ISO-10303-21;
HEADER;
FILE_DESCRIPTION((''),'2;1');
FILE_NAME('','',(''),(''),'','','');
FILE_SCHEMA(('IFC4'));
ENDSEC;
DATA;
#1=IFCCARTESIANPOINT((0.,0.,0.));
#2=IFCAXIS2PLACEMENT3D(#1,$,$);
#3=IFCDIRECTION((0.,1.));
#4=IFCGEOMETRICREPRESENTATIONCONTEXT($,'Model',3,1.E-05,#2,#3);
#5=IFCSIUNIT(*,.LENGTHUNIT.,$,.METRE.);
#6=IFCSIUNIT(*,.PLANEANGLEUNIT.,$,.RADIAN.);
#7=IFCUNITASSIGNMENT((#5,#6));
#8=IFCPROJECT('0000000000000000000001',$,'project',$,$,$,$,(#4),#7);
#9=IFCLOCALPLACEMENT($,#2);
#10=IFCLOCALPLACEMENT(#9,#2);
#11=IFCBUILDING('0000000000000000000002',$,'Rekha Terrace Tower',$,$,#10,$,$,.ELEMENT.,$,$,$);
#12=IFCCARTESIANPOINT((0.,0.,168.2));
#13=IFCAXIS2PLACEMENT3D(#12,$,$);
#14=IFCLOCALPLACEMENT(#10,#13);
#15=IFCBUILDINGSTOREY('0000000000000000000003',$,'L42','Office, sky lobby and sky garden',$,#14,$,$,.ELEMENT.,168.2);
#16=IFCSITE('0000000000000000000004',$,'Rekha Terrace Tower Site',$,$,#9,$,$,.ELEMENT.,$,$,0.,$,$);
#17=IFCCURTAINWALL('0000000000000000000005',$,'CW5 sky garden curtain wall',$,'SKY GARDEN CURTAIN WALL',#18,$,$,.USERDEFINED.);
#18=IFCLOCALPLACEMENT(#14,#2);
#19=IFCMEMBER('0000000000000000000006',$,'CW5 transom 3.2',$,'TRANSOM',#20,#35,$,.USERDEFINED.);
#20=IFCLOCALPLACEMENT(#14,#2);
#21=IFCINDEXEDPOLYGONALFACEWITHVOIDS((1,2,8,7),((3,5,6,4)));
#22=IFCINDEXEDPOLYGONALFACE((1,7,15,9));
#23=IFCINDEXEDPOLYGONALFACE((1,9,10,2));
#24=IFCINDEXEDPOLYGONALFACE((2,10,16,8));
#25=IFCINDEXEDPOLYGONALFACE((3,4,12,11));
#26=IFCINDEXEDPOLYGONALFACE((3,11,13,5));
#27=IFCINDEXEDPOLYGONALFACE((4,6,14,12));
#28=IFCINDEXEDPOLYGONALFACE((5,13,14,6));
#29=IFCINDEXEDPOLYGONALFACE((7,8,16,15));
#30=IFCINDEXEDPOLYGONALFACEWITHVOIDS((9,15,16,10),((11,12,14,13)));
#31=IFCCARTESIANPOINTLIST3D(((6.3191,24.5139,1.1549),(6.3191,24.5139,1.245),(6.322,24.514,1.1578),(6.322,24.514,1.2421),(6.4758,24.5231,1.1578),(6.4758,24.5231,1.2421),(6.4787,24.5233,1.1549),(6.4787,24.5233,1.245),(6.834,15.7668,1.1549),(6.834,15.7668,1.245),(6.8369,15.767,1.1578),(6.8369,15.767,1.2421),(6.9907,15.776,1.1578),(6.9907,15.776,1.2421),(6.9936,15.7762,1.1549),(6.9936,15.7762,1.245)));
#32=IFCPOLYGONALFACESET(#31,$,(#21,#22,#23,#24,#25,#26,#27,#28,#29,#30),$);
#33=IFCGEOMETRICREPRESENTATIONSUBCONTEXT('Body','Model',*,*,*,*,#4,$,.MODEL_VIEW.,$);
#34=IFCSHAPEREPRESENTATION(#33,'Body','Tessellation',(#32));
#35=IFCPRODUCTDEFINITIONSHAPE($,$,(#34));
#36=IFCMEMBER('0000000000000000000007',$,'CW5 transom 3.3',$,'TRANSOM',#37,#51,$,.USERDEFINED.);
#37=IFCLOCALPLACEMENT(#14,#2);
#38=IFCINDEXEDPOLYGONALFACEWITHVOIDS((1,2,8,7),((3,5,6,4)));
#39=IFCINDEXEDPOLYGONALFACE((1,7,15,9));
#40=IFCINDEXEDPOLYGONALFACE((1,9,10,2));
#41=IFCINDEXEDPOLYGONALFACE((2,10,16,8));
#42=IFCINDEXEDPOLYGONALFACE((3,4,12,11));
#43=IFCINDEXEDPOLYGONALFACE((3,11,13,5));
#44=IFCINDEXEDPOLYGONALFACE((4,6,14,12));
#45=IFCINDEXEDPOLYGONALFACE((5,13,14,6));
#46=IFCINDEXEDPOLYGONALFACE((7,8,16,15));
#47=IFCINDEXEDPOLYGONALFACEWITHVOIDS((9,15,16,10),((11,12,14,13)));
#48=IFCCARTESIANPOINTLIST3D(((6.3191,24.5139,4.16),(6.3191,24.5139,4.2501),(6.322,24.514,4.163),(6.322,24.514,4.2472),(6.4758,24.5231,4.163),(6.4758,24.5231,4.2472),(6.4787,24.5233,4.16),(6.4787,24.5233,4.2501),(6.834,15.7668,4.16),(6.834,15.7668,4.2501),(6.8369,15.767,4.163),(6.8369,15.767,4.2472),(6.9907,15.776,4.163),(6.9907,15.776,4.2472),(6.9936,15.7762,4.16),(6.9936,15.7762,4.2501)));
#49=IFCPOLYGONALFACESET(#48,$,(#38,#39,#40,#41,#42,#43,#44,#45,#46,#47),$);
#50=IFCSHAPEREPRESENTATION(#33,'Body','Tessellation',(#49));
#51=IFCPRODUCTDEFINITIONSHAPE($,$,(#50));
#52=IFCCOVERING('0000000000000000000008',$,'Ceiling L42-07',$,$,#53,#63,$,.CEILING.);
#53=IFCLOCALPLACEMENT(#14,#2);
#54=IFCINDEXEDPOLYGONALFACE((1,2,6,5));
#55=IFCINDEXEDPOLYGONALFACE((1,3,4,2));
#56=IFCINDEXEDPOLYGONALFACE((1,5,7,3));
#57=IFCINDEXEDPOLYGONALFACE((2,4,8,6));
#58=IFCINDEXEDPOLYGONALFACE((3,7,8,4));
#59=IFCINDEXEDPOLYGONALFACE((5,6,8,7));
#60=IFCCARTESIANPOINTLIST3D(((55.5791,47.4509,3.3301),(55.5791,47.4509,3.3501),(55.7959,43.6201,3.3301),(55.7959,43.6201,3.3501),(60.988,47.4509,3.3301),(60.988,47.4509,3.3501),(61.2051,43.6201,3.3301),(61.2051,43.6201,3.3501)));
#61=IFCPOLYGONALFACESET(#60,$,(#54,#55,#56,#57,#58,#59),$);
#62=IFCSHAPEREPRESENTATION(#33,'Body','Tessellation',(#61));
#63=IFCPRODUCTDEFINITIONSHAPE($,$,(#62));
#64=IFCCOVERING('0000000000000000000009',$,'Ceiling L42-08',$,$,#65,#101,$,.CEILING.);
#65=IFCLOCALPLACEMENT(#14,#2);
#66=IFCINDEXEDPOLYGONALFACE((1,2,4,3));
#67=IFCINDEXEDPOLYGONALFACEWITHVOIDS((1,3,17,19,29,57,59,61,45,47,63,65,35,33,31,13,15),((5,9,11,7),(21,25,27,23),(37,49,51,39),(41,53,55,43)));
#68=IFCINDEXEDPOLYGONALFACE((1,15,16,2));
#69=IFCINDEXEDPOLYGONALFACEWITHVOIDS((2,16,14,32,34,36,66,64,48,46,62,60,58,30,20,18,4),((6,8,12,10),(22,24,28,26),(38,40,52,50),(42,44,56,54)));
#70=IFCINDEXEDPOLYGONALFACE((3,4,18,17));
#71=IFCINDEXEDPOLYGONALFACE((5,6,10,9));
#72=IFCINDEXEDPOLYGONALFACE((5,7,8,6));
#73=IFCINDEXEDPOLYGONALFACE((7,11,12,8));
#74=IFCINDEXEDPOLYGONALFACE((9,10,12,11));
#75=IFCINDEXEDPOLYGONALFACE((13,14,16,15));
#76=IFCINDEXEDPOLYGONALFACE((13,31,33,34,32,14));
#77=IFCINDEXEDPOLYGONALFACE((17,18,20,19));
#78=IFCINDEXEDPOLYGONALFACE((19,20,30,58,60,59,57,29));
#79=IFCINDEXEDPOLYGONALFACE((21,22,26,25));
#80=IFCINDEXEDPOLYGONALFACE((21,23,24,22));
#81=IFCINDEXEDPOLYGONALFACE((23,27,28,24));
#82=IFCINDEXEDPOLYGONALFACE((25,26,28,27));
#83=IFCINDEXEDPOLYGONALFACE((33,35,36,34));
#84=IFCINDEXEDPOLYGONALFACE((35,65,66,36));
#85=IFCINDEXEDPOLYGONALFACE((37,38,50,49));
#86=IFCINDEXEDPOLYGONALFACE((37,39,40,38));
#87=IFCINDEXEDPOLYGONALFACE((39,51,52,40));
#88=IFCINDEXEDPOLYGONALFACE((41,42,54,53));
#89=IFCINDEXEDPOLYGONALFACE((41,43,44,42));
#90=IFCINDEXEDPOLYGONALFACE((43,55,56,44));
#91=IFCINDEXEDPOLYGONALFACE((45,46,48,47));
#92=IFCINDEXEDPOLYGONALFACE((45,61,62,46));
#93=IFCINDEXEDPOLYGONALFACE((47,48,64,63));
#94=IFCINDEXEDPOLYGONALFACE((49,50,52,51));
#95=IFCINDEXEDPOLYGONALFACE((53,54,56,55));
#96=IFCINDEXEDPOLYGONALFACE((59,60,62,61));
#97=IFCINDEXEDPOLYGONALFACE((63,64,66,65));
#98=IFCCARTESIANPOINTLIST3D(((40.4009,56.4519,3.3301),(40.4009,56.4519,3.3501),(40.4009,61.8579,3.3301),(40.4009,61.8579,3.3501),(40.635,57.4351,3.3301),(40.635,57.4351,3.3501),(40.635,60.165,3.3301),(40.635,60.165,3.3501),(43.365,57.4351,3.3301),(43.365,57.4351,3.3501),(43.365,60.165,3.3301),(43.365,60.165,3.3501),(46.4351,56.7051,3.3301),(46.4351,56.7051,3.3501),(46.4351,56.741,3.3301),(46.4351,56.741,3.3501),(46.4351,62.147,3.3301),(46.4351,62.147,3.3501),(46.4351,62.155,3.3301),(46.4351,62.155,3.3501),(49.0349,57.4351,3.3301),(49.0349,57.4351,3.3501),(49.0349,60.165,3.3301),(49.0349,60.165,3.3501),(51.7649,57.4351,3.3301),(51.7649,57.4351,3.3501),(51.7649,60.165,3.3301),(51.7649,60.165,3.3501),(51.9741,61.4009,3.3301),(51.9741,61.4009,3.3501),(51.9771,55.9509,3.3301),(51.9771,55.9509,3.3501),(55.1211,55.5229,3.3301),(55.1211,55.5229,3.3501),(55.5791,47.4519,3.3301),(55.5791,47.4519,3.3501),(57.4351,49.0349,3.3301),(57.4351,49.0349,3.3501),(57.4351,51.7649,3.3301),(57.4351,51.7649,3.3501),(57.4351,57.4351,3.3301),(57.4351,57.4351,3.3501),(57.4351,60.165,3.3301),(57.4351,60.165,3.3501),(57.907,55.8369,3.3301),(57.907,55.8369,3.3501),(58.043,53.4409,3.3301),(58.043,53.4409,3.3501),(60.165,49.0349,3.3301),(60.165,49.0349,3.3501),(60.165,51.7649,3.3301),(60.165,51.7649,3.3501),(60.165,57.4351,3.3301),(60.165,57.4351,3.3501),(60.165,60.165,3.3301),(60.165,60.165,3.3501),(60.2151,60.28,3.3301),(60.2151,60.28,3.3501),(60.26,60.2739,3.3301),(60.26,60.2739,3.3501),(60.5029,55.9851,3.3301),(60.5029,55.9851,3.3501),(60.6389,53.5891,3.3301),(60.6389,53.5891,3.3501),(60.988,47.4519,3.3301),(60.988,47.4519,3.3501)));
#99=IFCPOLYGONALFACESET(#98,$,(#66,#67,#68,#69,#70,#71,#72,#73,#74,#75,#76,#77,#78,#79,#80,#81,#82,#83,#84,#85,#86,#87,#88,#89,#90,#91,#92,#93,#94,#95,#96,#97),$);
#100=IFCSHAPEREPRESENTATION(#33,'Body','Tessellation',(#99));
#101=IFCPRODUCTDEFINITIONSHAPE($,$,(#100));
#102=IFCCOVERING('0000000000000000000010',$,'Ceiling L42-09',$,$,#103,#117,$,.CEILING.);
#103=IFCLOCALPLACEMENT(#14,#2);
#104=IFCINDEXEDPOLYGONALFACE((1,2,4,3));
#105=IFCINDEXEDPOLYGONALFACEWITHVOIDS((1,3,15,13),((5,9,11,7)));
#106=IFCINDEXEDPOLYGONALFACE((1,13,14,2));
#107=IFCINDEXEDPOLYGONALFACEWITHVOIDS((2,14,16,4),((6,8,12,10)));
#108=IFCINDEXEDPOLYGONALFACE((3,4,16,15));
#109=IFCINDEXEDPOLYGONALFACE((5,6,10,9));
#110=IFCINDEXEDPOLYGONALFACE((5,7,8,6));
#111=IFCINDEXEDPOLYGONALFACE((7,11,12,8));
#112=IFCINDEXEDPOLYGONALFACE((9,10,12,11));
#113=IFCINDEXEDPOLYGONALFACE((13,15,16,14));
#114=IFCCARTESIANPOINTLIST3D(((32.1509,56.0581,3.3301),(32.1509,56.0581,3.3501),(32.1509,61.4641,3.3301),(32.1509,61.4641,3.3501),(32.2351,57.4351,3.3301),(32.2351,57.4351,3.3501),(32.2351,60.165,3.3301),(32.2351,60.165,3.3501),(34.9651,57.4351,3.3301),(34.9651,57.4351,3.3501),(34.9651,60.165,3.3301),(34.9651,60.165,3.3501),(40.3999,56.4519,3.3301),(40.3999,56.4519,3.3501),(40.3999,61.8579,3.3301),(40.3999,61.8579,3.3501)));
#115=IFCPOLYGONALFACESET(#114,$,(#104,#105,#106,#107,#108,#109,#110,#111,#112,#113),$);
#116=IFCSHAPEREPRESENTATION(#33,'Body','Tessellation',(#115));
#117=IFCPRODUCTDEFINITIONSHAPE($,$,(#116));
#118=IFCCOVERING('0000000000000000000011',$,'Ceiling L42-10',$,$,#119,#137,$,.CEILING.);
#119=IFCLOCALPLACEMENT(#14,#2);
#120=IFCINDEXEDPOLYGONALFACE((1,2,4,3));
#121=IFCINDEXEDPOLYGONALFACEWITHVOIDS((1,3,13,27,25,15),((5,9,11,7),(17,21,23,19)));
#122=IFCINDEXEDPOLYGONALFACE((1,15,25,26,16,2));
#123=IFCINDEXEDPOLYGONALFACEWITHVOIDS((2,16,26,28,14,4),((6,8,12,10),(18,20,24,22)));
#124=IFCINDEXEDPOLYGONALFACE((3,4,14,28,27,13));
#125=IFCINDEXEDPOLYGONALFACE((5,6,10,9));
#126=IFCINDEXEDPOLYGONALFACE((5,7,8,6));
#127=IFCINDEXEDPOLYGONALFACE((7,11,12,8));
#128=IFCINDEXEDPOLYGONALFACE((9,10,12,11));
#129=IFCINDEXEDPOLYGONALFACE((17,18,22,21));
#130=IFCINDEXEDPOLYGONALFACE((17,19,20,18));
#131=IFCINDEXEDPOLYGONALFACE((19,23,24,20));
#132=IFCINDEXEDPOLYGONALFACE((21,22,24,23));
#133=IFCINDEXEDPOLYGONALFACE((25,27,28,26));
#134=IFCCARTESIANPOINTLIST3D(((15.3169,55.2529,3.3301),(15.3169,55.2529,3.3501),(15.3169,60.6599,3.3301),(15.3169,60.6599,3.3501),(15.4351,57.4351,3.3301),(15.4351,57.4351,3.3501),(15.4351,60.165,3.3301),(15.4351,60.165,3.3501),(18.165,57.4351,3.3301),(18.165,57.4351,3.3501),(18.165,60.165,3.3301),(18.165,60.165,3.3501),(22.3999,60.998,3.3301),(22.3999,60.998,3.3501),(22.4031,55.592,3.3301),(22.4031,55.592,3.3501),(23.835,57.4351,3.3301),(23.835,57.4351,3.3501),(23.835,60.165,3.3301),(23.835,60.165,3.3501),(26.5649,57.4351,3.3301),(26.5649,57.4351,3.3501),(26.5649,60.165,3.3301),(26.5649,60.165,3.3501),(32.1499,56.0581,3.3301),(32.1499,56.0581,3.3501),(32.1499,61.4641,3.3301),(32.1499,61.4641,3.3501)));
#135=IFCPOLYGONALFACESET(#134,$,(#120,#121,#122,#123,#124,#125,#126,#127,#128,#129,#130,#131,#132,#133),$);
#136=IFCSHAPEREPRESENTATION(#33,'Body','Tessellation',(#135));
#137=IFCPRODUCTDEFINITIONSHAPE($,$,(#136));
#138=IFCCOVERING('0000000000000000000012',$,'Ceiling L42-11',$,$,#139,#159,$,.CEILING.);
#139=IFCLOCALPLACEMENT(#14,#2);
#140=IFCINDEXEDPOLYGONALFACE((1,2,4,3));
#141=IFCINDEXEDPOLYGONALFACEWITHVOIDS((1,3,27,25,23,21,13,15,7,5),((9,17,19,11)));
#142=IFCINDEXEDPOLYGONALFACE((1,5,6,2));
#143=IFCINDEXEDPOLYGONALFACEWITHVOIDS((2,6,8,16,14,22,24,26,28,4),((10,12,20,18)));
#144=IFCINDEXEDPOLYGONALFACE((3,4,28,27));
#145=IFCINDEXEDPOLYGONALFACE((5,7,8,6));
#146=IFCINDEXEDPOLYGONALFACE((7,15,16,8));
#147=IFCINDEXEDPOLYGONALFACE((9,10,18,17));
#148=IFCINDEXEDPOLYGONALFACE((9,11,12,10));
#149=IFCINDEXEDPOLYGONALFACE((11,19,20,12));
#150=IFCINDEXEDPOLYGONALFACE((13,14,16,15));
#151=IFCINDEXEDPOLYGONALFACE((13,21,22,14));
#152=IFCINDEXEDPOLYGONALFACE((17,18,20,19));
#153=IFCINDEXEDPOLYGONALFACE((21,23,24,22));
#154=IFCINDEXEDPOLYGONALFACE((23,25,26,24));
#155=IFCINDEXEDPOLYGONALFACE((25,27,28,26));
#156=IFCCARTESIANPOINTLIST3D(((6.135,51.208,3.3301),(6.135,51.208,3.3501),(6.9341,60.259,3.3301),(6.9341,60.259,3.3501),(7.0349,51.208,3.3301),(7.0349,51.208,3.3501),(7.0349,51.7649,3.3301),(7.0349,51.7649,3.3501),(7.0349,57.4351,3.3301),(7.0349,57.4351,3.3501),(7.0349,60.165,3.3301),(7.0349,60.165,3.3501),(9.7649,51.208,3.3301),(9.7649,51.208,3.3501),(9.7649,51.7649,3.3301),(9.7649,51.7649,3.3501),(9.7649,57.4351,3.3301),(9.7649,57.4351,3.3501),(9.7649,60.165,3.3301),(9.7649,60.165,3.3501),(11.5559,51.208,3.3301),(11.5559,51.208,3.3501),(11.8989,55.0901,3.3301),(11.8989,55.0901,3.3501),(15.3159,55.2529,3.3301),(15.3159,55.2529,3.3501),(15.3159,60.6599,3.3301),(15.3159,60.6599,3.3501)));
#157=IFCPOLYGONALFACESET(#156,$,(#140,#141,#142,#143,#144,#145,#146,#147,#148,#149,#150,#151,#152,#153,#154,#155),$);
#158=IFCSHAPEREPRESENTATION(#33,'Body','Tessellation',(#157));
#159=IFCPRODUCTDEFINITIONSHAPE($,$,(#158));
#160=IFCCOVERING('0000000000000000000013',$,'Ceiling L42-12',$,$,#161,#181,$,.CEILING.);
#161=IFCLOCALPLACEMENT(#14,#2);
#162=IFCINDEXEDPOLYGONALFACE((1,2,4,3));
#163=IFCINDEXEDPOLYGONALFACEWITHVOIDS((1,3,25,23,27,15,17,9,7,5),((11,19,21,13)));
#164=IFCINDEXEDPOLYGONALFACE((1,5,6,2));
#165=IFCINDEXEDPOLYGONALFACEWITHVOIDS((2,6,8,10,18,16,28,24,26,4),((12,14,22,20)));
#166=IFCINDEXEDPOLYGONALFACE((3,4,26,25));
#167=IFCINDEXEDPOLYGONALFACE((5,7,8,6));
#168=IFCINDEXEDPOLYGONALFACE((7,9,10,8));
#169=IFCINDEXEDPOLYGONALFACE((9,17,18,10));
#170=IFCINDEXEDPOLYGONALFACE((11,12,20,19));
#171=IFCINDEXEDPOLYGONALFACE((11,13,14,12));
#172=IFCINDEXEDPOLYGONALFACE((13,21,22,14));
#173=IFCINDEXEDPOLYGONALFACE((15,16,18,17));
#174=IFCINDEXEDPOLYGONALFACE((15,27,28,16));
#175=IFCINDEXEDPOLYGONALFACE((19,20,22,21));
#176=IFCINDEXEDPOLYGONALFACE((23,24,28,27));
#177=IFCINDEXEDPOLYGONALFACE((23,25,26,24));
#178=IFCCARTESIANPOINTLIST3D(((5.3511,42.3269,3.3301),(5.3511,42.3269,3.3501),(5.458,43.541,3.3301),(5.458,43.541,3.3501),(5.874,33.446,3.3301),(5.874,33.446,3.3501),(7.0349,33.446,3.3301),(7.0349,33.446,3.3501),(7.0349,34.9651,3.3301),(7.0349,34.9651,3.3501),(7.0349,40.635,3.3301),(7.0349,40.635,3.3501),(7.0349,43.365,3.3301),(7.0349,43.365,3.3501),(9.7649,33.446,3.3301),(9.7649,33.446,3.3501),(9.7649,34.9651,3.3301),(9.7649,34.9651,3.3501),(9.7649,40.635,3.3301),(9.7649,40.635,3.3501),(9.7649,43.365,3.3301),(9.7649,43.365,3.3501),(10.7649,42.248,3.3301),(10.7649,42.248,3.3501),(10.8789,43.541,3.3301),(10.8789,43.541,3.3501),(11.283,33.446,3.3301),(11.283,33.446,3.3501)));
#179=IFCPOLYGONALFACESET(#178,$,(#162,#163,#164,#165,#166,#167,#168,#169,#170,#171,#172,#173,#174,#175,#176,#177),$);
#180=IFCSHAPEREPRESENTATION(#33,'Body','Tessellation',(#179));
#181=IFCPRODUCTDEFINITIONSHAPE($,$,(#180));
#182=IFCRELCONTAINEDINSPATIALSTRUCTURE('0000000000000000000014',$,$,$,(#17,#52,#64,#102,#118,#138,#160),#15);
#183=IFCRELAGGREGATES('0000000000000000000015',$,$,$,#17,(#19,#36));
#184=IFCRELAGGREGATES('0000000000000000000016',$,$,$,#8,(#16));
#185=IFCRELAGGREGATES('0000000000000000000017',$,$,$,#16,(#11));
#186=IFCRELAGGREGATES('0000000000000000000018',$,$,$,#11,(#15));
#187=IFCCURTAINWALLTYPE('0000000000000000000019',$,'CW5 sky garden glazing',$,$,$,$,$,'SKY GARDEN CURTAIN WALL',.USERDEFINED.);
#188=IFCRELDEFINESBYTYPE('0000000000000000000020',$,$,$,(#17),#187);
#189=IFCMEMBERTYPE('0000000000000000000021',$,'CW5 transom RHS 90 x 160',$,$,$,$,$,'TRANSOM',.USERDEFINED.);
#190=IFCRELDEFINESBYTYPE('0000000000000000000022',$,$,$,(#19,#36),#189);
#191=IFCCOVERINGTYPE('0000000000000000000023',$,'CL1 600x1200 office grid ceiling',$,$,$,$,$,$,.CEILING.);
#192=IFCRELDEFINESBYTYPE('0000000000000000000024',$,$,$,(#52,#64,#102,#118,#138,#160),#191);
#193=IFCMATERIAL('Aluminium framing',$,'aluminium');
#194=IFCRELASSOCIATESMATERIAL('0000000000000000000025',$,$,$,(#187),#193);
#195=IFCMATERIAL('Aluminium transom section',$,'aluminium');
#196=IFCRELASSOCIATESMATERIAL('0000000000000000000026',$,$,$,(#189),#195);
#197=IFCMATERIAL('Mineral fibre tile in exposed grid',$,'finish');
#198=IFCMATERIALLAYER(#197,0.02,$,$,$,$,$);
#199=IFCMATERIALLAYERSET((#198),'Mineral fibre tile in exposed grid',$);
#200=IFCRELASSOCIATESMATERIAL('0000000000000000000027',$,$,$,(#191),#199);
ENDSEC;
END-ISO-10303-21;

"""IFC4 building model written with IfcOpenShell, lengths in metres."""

from ifc_helpers import new_model, si_unit, direction, frame, origin, origin_2d, place, context, subcontext, project, spatial, polyline, hollow_rectangle, outline, extrude, material, layer, layer_set, material_profile, profile_set, type_object, element, aggregate, save


model = new_model("IFC4")

# Units and contexts
model_context = context("Model", 3, precision=1e-05, world=origin(), true_north=direction((0.0, 1.0)))
body_context = subcontext(model_context, "Body", "Model", "MODEL_VIEW")
ifc_project = project(units=[si_unit("LENGTHUNIT", "METRE"), si_unit("PLANEANGLEUNIT", "RADIAN")], contexts=[model_context])

# Site, building, storey
site_placement = place(None, origin())
site = spatial("IfcSite", under=ifc_project, at=site_placement, Name="Rekha Terrace Tower Site", CompositionType="ELEMENT", RefElevation=0.0)
building_placement = place(site_placement, origin())
building = spatial("IfcBuilding", under=site, at=building_placement, Name="Rekha Terrace Tower", CompositionType="ELEMENT")
storey_placement = place(building_placement, frame((0.0, 0.0, 168.2)))
storey = spatial("IfcBuildingStorey", under=building, at=storey_placement, Name="L42", Description="Office, sky lobby and sky garden", CompositionType="ELEMENT", Elevation=168.2)

# Curtain wall, members
ifc_material_1 = material(Name="Aluminium framing", Category="aluminium")
curtain_wall_type = type_object("IfcCurtainWallType", Name="CW5 sky garden glazing", ElementType="SKY GARDEN CURTAIN WALL", PredefinedType="USERDEFINED", material=ifc_material_1)
curtain_wall_placement = place(storey_placement, origin())
curtain_wall = element("IfcCurtainWall", 1, at=curtain_wall_placement, inside=storey, type_object=curtain_wall_type, Name="CW5 sky garden curtain wall", ObjectType="SKY GARDEN CURTAIN WALL", PredefinedType="USERDEFINED")
ifc_material_2 = material(Name="Aluminium transom section", Category="aluminium")
ifc_material_profile = material_profile(ifc_material_2, hollow_rectangle(XDim=0.1599, YDim=0.0901, WallThickness=0.0029, at=origin_2d()), Name="AL RHS 160x90")
ifc_profile_set = profile_set([ifc_material_profile], Name="Aluminium transom section")
member_type = type_object("IfcMemberType", Name="CW5 transom RHS 90 x 160", ElementType="TRANSOM", PredefinedType="USERDEFINED", material=ifc_profile_set)
member_1_placement = place(storey_placement, frame((6.3989, 24.5186, 1.2), z_axis=(0.058763, -0.998272, 0.0), x_axis=(0.998272, 0.058763, 0.0)))
member_1 = element("IfcMember", 2, at=member_1_placement, type_object=member_type, Name="CW5 transom 3.2", ObjectType="TRANSOM", PredefinedType="USERDEFINED", context=body_context, shape_type="SweptSolid", body=[
    extrude(hollow_rectangle(XDim=0.1599, YDim=0.0901, WallThickness=0.0029, at=origin_2d()), origin(), (0.0, 0.0, 1.0), 8.7622),
])
member_2_placement = place(storey_placement, frame((6.3989, 24.5186, 4.2051), z_axis=(0.058763, -0.998272, 0.0), x_axis=(0.998272, 0.058763, 0.0)))
member_2 = element("IfcMember", 3, at=member_2_placement, type_object=member_type, Name="CW5 transom 3.3", ObjectType="TRANSOM", PredefinedType="USERDEFINED", context=body_context, shape_type="SweptSolid", body=[
    extrude(hollow_rectangle(XDim=0.1599, YDim=0.0901, WallThickness=0.0029, at=origin_2d()), origin(), (0.0, 0.0, 1.0), 8.7622),
])
aggregate(curtain_wall, [member_1, member_2])

# Coverings
ifc_material_3 = material(Name="Mineral fibre tile in exposed grid", Category="finish")
ifc_layer_1 = layer(ifc_material_3, 0.02)
ifc_layer_set_1 = layer_set([ifc_layer_1], Name="Mineral fibre tile in exposed grid")
covering_type_1 = type_object("IfcCoveringType", Name="CL1 600x1200 office grid ceiling", PredefinedType="CEILING", material=ifc_layer_set_1)
covering_1_placement = place(storey_placement, frame((0.0, 0.0, 3.3301)))
element("IfcCovering", 4, at=covering_1_placement, inside=storey, type_object=covering_type_1, Name="Ceiling L42-07", PredefinedType="CEILING", context=body_context, shape_type="SweptSolid", body=[
    extrude(outline(polyline([(55.7959, 43.6201), (61.2051, 43.6201), (60.988, 47.4509), (55.5791, 47.4509), (55.7959, 43.6201)])), origin(), (0.0, 0.0, 1.0), 0.02),
])
covering_2_placement = place(storey_placement, frame((0.0, 0.0, 3.3301)))
element("IfcCovering", 5, at=covering_2_placement, inside=storey, type_object=covering_type_1, Name="Ceiling L42-08", PredefinedType="CEILING", context=body_context, shape_type="SweptSolid", body=[
    extrude(outline(polyline([(46.4351, 62.147), (40.4009, 61.8579), (40.4009, 56.4519), (46.4351, 56.741), (46.4351, 56.7051), (51.9771, 55.9509), (55.1211, 55.5229), (55.5791, 47.4519), (60.988, 47.4519), (60.6389, 53.5891), (58.043, 53.4409), (57.907, 55.8369), (60.5029, 55.9851), (60.26, 60.2739), (60.2151, 60.28), (51.9741, 61.4009), (46.4351, 62.155), (46.4351, 62.147)]), holes=[polyline([(60.165, 51.7649), (60.165, 49.0349), (57.4351, 49.0349), (57.4351, 51.7649), (60.165, 51.7649)]), polyline([(60.165, 57.4351), (57.4351, 57.4351), (57.4351, 60.165), (60.165, 60.165), (60.165, 57.4351)]), polyline([(51.7649, 57.4351), (49.0349, 57.4351), (49.0349, 60.165), (51.7649, 60.165), (51.7649, 57.4351)]), polyline([(43.365, 60.165), (43.365, 57.4351), (40.635, 57.4351), (40.635, 60.165), (43.365, 60.165)])]), origin(), (0.0, 0.0, 1.0), 0.02),
])
covering_3_placement = place(storey_placement, frame((0.0, 0.0, 3.3301)))
element("IfcCovering", 6, at=covering_3_placement, inside=storey, type_object=covering_type_1, Name="Ceiling L42-09", PredefinedType="CEILING", context=body_context, shape_type="SweptSolid", body=[
    extrude(outline(polyline([(40.3999, 56.4519), (40.3999, 61.8579), (32.1509, 61.4641), (32.1509, 56.0581), (40.3999, 56.4519)]), holes=[polyline([(34.9651, 57.4351), (32.2351, 57.4351), (32.2351, 60.165), (34.9651, 60.165), (34.9651, 57.4351)])]), origin(), (0.0, 0.0, 1.0), 0.02),
])
covering_4_placement = place(storey_placement, frame((0.0, 0.0, 3.3301)))
element("IfcCovering", 7, at=covering_4_placement, inside=storey, type_object=covering_type_1, Name="Ceiling L42-10", PredefinedType="CEILING", context=body_context, shape_type="SweptSolid", body=[
    extrude(outline(polyline([(32.1499, 61.4641), (22.3999, 60.998), (15.3169, 60.6599), (15.3169, 55.2529), (22.4031, 55.592), (32.1499, 56.0581), (32.1499, 61.4641)]), holes=[polyline([(26.5649, 57.4351), (23.835, 57.4351), (23.835, 60.165), (26.5649, 60.165), (26.5649, 57.4351)]), polyline([(18.165, 60.165), (18.165, 57.4351), (15.4351, 57.4351), (15.4351, 60.165), (18.165, 60.165)])]), origin(), (0.0, 0.0, 1.0), 0.02),
])
covering_5_placement = place(storey_placement, frame((0.0, 0.0, 3.3301)))
element("IfcCovering", 8, at=covering_5_placement, inside=storey, type_object=covering_type_1, Name="Ceiling L42-11", PredefinedType="CEILING", context=body_context, shape_type="SweptSolid", body=[
    extrude(outline(polyline([(9.7649, 51.7649), (9.7649, 51.208), (11.5559, 51.208), (11.8989, 55.0901), (15.3159, 55.2529), (15.3159, 60.6599), (6.9341, 60.259), (6.135, 51.208), (7.0349, 51.208), (7.0349, 51.7649), (9.7649, 51.7649)]), holes=[polyline([(9.7649, 57.4351), (7.0349, 57.4351), (7.0349, 60.165), (9.7649, 60.165), (9.7649, 57.4351)])]), origin(), (0.0, 0.0, 1.0), 0.02),
])
covering_6_placement = place(storey_placement, frame((0.0, 0.0, 3.3301)))
element("IfcCovering", 9, at=covering_6_placement, inside=storey, type_object=covering_type_1, Name="Ceiling L42-12", PredefinedType="CEILING", context=body_context, shape_type="SweptSolid", body=[
    extrude(outline(polyline([(9.7649, 34.9651), (9.7649, 33.446), (11.283, 33.446), (10.7649, 42.248), (10.8789, 43.541), (5.458, 43.541), (5.3511, 42.3269), (5.874, 33.446), (7.0349, 33.446), (7.0349, 34.9651), (9.7649, 34.9651)]), holes=[polyline([(9.7649, 40.635), (7.0349, 40.635), (7.0349, 43.365), (9.7649, 43.365), (9.7649, 40.635)])]), origin(), (0.0, 0.0, 1.0), 0.02),
])

save(model, "model.ifc")
